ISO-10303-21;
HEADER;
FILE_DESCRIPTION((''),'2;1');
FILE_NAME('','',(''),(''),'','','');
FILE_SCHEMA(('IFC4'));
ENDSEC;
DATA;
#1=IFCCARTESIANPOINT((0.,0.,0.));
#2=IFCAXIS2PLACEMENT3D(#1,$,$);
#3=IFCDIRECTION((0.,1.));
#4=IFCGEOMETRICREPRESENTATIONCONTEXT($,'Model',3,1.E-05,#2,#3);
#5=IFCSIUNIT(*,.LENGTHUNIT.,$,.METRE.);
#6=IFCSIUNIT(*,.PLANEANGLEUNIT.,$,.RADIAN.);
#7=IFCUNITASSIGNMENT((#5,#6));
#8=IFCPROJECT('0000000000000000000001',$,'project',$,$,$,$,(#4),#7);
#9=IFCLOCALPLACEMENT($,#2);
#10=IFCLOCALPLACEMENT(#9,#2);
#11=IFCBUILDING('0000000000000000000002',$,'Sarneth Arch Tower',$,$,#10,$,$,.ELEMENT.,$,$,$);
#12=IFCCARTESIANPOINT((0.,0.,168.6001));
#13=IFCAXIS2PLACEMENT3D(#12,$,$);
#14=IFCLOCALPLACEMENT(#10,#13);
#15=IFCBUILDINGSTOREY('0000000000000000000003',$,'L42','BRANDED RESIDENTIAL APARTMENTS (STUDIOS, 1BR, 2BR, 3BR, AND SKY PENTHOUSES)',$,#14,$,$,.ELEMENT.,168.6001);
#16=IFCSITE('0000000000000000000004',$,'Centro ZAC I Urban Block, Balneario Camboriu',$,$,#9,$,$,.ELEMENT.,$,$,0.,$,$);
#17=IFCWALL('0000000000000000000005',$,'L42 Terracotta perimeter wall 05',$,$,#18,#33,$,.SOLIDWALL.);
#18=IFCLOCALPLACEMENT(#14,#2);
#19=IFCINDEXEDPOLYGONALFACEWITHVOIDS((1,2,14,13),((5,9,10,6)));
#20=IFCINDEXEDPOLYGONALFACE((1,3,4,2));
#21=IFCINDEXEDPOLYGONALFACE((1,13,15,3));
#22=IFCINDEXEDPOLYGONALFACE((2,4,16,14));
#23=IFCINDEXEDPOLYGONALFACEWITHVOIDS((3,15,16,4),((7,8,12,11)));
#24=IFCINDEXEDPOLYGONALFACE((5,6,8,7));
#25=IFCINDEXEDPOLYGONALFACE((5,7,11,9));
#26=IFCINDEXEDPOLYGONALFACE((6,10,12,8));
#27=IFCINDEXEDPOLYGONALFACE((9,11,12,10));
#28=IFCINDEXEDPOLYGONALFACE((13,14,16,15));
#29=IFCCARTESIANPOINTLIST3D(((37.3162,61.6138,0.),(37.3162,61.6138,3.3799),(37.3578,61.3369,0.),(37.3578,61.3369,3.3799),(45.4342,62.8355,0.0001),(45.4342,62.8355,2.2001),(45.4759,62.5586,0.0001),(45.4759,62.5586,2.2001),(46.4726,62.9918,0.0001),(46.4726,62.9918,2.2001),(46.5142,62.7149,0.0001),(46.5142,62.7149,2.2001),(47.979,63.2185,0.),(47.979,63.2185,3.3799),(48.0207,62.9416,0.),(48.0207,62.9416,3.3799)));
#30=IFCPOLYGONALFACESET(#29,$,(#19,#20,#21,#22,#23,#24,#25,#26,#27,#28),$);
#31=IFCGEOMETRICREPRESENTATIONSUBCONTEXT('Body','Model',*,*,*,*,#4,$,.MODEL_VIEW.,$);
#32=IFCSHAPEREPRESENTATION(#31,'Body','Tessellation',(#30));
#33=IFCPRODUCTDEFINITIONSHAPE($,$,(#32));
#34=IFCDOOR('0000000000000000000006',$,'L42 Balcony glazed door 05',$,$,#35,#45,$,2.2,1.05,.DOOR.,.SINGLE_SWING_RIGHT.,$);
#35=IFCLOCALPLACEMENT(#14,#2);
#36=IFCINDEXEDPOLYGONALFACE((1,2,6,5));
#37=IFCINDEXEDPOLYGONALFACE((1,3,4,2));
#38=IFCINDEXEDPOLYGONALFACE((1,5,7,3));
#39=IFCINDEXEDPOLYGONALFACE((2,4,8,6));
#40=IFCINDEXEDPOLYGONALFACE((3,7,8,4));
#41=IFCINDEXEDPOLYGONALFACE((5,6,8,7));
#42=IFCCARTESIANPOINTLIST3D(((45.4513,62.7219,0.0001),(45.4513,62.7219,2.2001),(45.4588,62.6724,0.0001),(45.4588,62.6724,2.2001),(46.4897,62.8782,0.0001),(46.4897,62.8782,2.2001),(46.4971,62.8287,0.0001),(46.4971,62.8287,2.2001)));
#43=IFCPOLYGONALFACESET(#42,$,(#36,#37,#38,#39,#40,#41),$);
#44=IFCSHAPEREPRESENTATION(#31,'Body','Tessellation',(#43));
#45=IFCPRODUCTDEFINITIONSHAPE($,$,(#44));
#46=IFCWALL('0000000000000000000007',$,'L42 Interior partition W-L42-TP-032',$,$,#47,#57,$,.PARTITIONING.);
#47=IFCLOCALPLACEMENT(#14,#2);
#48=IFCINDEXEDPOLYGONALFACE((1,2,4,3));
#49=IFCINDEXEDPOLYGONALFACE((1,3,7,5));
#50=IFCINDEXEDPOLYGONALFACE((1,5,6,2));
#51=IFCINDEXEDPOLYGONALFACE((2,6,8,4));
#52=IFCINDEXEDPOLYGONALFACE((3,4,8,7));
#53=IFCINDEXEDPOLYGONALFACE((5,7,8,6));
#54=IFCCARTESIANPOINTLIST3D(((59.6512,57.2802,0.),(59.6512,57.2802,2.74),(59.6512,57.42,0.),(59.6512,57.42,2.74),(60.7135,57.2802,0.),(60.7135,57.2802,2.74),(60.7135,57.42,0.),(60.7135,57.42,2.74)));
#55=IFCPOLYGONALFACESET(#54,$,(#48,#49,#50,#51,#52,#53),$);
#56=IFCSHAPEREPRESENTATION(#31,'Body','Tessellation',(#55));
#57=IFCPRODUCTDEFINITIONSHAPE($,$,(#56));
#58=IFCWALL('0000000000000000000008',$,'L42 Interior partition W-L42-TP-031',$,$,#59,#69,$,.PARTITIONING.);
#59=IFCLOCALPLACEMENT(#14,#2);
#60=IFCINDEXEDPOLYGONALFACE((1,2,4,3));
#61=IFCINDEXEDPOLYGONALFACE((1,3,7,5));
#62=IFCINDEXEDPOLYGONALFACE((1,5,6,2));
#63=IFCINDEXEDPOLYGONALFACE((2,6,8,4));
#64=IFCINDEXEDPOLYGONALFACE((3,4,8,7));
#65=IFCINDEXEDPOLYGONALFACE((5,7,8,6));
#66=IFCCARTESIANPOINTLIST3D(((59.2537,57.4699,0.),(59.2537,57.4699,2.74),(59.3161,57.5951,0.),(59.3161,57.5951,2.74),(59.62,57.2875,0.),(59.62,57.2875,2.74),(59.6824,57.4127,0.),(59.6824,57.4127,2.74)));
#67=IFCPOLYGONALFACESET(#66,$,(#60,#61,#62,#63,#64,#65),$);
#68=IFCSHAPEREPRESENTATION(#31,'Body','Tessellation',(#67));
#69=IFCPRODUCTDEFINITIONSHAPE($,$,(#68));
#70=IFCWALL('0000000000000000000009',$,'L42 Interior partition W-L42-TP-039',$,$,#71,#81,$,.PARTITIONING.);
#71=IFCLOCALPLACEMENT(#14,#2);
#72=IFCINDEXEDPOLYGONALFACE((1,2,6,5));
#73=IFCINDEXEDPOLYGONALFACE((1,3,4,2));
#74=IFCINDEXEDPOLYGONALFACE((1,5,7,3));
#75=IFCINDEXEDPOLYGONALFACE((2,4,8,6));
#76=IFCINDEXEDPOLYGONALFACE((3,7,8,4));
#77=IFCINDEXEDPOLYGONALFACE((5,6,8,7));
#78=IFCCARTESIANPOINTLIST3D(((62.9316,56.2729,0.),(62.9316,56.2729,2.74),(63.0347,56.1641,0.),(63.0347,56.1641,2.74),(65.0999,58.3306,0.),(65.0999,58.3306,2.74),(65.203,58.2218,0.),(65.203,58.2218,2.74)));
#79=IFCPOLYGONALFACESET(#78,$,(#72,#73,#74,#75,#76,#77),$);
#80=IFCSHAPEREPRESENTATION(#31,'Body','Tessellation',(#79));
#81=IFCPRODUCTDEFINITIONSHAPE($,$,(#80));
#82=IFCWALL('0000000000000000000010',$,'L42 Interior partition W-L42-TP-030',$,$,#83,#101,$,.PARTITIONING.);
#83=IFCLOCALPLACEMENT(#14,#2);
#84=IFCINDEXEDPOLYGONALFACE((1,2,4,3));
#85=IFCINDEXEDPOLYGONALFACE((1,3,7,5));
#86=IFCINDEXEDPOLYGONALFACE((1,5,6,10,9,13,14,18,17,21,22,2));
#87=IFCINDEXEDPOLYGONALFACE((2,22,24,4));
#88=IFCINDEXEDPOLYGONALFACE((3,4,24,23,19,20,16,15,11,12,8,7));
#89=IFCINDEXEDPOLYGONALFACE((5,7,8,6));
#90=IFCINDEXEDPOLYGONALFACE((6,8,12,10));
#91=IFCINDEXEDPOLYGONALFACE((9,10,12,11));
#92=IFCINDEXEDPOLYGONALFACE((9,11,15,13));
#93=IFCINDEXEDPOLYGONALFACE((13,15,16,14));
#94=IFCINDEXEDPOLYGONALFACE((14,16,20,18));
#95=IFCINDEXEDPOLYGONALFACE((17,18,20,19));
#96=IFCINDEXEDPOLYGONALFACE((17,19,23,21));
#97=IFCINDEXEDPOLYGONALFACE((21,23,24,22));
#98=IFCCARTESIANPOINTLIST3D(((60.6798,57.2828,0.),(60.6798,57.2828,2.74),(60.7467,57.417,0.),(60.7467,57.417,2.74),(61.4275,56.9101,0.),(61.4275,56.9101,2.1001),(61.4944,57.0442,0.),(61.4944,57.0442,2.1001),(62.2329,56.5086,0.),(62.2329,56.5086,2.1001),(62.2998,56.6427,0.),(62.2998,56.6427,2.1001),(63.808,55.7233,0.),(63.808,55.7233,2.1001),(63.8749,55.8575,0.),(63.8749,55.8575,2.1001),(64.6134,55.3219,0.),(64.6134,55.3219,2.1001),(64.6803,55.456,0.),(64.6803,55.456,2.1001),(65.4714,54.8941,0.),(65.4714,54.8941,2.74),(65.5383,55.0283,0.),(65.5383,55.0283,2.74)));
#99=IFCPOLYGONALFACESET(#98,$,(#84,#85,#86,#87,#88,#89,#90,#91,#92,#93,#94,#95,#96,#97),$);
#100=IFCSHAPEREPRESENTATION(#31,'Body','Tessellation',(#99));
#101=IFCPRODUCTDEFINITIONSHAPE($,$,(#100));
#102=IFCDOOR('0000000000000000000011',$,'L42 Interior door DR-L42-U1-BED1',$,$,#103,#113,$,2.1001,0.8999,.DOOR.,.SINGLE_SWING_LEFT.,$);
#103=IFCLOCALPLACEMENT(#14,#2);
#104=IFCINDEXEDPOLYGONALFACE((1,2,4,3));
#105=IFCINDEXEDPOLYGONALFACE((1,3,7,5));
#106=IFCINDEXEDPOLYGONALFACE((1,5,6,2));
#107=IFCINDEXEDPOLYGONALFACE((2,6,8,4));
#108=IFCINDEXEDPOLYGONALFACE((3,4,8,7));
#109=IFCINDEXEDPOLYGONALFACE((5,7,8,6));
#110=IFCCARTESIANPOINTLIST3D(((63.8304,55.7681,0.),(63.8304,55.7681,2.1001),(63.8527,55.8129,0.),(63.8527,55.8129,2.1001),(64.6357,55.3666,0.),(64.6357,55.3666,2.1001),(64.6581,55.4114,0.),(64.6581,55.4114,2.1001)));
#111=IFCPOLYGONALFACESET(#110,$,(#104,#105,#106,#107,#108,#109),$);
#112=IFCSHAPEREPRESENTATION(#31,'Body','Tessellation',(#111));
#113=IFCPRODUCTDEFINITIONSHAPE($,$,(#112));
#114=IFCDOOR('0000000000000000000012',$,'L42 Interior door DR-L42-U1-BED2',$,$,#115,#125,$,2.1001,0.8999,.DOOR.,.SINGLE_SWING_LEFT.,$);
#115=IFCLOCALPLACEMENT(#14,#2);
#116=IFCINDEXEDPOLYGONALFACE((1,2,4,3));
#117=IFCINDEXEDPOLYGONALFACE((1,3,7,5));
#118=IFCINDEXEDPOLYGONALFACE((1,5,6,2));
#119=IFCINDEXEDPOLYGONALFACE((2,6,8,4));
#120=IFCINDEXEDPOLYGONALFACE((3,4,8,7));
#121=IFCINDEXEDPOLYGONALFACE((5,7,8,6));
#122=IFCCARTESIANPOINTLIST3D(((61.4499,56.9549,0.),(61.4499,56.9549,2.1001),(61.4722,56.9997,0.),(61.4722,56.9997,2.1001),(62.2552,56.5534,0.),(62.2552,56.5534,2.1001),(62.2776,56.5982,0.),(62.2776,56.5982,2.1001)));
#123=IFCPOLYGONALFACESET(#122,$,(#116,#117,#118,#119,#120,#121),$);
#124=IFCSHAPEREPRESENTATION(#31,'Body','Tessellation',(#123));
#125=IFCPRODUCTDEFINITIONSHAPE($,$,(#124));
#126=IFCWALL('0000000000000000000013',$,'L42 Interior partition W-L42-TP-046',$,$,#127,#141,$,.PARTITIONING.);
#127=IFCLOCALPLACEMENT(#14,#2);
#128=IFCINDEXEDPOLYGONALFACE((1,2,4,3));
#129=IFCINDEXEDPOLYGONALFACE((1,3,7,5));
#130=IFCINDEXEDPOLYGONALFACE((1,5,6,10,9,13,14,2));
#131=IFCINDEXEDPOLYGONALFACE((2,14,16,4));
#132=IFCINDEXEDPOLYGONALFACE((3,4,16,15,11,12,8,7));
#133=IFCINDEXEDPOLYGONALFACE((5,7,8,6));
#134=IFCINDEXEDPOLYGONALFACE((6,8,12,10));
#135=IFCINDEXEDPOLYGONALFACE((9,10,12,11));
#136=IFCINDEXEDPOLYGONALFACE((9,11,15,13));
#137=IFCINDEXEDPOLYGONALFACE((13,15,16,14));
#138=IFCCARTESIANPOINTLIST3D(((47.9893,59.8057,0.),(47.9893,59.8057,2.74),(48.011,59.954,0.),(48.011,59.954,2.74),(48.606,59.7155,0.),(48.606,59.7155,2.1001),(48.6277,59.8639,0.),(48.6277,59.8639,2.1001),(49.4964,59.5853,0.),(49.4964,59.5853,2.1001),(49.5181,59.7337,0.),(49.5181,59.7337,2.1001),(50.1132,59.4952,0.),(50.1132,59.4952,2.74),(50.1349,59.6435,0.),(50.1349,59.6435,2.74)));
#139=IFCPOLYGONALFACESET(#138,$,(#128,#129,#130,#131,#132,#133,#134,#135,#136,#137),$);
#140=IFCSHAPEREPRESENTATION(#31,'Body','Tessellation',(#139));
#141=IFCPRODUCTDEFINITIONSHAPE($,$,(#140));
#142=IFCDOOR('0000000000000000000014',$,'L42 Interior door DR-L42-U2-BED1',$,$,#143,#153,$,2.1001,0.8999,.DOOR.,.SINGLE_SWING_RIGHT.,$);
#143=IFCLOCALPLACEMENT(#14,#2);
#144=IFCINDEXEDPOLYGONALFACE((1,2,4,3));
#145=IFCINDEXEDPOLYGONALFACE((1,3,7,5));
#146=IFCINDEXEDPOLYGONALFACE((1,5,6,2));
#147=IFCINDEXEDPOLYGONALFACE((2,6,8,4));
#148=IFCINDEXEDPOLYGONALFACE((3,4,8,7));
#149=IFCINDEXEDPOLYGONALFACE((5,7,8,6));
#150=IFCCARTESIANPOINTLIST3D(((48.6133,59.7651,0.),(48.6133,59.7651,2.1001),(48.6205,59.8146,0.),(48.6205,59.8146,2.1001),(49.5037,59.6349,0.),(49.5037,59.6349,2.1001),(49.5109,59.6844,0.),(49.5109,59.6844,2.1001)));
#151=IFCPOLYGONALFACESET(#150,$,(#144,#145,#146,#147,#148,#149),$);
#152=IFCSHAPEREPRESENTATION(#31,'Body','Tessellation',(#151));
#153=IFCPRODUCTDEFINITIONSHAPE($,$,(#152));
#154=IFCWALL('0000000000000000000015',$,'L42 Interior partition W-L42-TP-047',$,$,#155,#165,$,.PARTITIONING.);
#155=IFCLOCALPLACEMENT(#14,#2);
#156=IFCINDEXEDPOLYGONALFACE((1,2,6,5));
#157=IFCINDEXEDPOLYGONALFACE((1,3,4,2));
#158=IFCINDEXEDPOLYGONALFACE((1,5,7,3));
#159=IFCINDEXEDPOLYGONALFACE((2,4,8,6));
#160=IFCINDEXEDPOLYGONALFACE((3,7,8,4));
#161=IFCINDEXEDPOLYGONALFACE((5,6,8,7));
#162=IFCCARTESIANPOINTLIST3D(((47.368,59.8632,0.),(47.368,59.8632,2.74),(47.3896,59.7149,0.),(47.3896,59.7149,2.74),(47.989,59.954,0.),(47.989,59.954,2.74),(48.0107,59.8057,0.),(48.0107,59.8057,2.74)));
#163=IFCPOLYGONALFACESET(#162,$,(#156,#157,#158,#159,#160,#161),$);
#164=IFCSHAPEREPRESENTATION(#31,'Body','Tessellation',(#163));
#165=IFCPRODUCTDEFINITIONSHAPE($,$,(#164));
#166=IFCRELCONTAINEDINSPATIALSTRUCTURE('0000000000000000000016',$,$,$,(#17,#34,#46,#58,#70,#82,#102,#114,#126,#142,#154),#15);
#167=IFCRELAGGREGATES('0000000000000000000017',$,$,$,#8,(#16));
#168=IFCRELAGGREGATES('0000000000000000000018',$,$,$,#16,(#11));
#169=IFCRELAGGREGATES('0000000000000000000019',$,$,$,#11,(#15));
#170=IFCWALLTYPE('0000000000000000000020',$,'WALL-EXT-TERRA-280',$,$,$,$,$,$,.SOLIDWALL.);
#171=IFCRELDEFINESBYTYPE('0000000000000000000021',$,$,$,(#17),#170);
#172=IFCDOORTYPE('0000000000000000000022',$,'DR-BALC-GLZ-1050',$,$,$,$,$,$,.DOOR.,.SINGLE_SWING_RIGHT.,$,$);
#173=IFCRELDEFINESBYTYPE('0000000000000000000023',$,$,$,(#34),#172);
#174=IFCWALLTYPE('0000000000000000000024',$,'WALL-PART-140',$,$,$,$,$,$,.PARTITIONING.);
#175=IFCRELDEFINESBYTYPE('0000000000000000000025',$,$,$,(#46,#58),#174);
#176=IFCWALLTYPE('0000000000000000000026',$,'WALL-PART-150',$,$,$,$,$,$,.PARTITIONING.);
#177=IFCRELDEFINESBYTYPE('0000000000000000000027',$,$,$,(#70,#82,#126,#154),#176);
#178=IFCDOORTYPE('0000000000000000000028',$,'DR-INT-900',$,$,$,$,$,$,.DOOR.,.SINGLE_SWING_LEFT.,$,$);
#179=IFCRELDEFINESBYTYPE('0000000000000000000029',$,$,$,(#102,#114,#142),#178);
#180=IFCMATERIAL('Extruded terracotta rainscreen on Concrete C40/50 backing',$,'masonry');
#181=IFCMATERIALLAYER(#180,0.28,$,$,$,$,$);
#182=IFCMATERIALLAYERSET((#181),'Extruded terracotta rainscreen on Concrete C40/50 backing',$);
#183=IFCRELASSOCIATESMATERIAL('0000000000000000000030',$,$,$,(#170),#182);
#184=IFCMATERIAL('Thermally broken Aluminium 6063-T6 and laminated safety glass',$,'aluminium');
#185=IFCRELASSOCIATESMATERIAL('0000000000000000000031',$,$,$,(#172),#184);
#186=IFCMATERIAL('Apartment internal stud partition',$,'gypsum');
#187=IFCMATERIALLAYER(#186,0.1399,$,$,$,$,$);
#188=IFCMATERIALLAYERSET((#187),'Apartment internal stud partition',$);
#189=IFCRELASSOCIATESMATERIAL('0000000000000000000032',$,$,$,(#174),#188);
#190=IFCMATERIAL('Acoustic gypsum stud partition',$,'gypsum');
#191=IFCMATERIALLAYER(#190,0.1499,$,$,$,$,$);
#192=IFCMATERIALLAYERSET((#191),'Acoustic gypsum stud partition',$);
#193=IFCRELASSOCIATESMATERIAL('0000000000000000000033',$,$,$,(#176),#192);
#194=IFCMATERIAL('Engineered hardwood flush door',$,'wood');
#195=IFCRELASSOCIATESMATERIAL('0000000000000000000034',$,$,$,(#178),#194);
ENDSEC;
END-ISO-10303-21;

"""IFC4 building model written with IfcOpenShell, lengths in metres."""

from ifc_helpers import new_model, si_unit, direction, frame, frame_2d, origin, place, context, subcontext, project, spatial, rectangle, extrude, material, layer, layer_set, type_object, element, fill, save


model = new_model("IFC4")

# Units and contexts
model_context = context("Model", 3, precision=1e-05, world=origin(), true_north=direction((0.0, 1.0)))
body_context = subcontext(model_context, "Body", "Model", "MODEL_VIEW")
ifc_project = project(units=[si_unit("LENGTHUNIT", "METRE"), si_unit("PLANEANGLEUNIT", "RADIAN")], contexts=[model_context])

# Site, building, storey
site_placement = place(None, origin())
site = spatial("IfcSite", under=ifc_project, at=site_placement, Name="Centro ZAC I Urban Block, Balneario Camboriu", CompositionType="ELEMENT", RefElevation=0.0)
building_placement = place(site_placement, origin())
building = spatial("IfcBuilding", under=site, at=building_placement, Name="Sarneth Arch Tower", CompositionType="ELEMENT")
storey_placement = place(building_placement, frame((0.0, 0.0, 168.6001)))
storey = spatial("IfcBuildingStorey", under=building, at=storey_placement, Name="L42", Description="BRANDED RESIDENTIAL APARTMENTS (STUDIOS, 1BR, 2BR, 3BR, AND SKY PENTHOUSES)", CompositionType="ELEMENT", Elevation=168.6001)

# Wall, opening, door
ifc_material_1 = material(Name="Extruded terracotta rainscreen on Concrete C40/50 backing", Category="masonry")
ifc_layer_1 = layer(ifc_material_1, 0.28)
ifc_layer_set_1 = layer_set([ifc_layer_1], Name="Extruded terracotta rainscreen on Concrete C40/50 backing")
wall_type_1 = type_object("IfcWallType", Name="WALL-EXT-TERRA-280", PredefinedType="SOLIDWALL", material=ifc_layer_set_1)
wall_1_placement = place(storey_placement, frame((48.0, 63.0801, 0.0), z_axis=(0.0, 0.0, 1.0), x_axis=(-0.988864, -0.148822, 0.0)))
wall_1 = element("IfcWall", 1, at=wall_1_placement, inside=storey, type_object=wall_type_1, Name="L42 Terracotta perimeter wall 05", PredefinedType="SOLIDWALL", context=body_context, shape_type="SweptSolid", body=[
    extrude(rectangle(XDim=10.783, YDim=0.28, at=frame_2d((5.3916, 0.0))), origin(), (0.0, 0.0, 1.0), 3.3799),
])
opening_1_placement = place(wall_1_placement, frame((1.5237, 0.0, 0.0)))
opening_1 = element("IfcOpeningElement", 2, at=opening_1_placement, cuts=wall_1, PredefinedType="OPENING", context=body_context, shape_type="SweptSolid", body=[
    extrude(rectangle(XDim=1.05, YDim=2.2, at=frame_2d((0.5249, 1.1001))), frame((0.0, 0.1499, 0.0), z_axis=(0.0, -1.0, 0.0), x_axis=(1.0, 0.0, 0.0)), (0.0, 0.0, 1.0), 0.3),
])
ifc_material_2 = material(Name="Thermally broken Aluminium 6063-T6 and laminated safety glass", Category="aluminium")
door_type_1 = type_object("IfcDoorType", Name="DR-BALC-GLZ-1050", OperationType="SINGLE_SWING_RIGHT", PredefinedType="DOOR", material=ifc_material_2)
door_1_placement = place(opening_1_placement, origin())
door_1 = element("IfcDoor", 3, at=door_1_placement, inside=storey, type_object=door_type_1, Name="L42 Balcony glazed door 05", OperationType="SINGLE_SWING_RIGHT", OverallHeight=2.2, OverallWidth=1.05, PredefinedType="DOOR", context=body_context, shape_type="SweptSolid", body=[
    extrude(rectangle(XDim=1.05, YDim=2.2, at=frame_2d((0.5249, 1.1001))), frame((0.0, 0.0249, 0.0), z_axis=(0.0, -1.0, 0.0), x_axis=(1.0, 0.0, 0.0)), (0.0, 0.0, 1.0), 0.05),
])
fill(opening_1, door_1)

# Walls
ifc_material_3 = material(Name="Apartment internal stud partition", Category="gypsum")
ifc_layer_2 = layer(ifc_material_3, 0.1399)
ifc_layer_set_2 = layer_set([ifc_layer_2], Name="Apartment internal stud partition")
wall_type_2 = type_object("IfcWallType", Name="WALL-PART-140", PredefinedType="PARTITIONING", material=ifc_layer_set_2)
wall_2_placement = place(storey_placement, frame((59.6511, 57.3501, 0.0), z_axis=(0.0, 0.0, 1.0), x_axis=(1.0, 0.0, 0.0)))
element("IfcWall", 4, at=wall_2_placement, inside=storey, type_object=wall_type_2, Name="L42 Interior partition W-L42-TP-032", PredefinedType="PARTITIONING", context=body_context, shape_type="SweptSolid", body=[
    extrude(rectangle(XDim=1.0623, YDim=0.1399, at=frame_2d((0.5312, 0.0))), origin(), (0.0, 0.0, 1.0), 2.74),
])
wall_3_placement = place(storey_placement, frame((59.2849, 57.5325, 0.0), z_axis=(0.0, 0.0, 1.0), x_axis=(0.895142, -0.445781, 0.0)))
element("IfcWall", 5, at=wall_3_placement, inside=storey, type_object=wall_type_2, Name="L42 Interior partition W-L42-TP-031", PredefinedType="PARTITIONING", context=body_context, shape_type="SweptSolid", body=[
    extrude(rectangle(XDim=0.4092, YDim=0.1399, at=frame_2d((0.2046, 0.0))), origin(), (0.0, 0.0, 1.0), 2.74),
])
ifc_material_4 = material(Name="Acoustic gypsum stud partition", Category="gypsum")
ifc_layer_3 = layer(ifc_material_4, 0.1499)
ifc_layer_set_3 = layer_set([ifc_layer_3], Name="Acoustic gypsum stud partition")
wall_type_3 = type_object("IfcWallType", Name="WALL-PART-150", PredefinedType="PARTITIONING", material=ifc_layer_set_3)
wall_4_placement = place(storey_placement, frame((62.9832, 56.2185, 0.0), z_axis=(0.0, 0.0, 1.0), x_axis=(0.725364, 0.688365, 0.0)))
element("IfcWall", 6, at=wall_4_placement, inside=storey, type_object=wall_type_3, Name="L42 Interior partition W-L42-TP-039", PredefinedType="PARTITIONING", context=body_context, shape_type="SweptSolid", body=[
    extrude(rectangle(XDim=2.9893, YDim=0.1499, at=frame_2d((1.4946, 0.0))), origin(), (0.0, 0.0, 1.0), 2.74),
])

# Wall, openings, doors
wall_5_placement = place(storey_placement, frame((65.5049, 54.9612, 0.0), z_axis=(0.0, 0.0, 1.0), x_axis=(-0.894956, 0.446155, 0.0)))
wall_5 = element("IfcWall", 7, at=wall_5_placement, inside=storey, type_object=wall_type_3, Name="L42 Interior partition W-L42-TP-030", PredefinedType="PARTITIONING", context=body_context, shape_type="SweptSolid", body=[
    extrude(rectangle(XDim=5.354, YDim=0.1499, at=frame_2d((2.677, 0.0))), origin(), (0.0, 0.0, 1.0), 2.74),
])
opening_2_placement = place(wall_5_placement, frame((0.9587, 0.0, 0.0)))
opening_2 = element("IfcOpeningElement", 8, at=opening_2_placement, cuts=wall_5, PredefinedType="OPENING", context=body_context, shape_type="SweptSolid", body=[
    extrude(rectangle(XDim=0.8999, YDim=2.1001, at=frame_2d((0.45, 1.05))), frame((0.0, 0.085, 0.0), z_axis=(0.0, -1.0, 0.0), x_axis=(1.0, 0.0, 0.0)), (0.0, 0.0, 1.0), 0.1699),
])
opening_3_placement = place(wall_5_placement, frame((3.6187, 0.0, 0.0)))
opening_3 = element("IfcOpeningElement", 9, at=opening_3_placement, cuts=wall_5, PredefinedType="OPENING", context=body_context, shape_type="SweptSolid", body=[
    extrude(rectangle(XDim=0.8999, YDim=2.1001, at=frame_2d((0.45, 1.05))), frame((0.0, 0.085, 0.0), z_axis=(0.0, -1.0, 0.0), x_axis=(1.0, 0.0, 0.0)), (0.0, 0.0, 1.0), 0.1699),
])
ifc_material_5 = material(Name="Engineered hardwood flush door", Category="wood")
door_type_2 = type_object("IfcDoorType", Name="DR-INT-900", OperationType="SINGLE_SWING_LEFT", PredefinedType="DOOR", material=ifc_material_5)
door_2_placement = place(opening_2_placement, origin())
door_2 = element("IfcDoor", 10, at=door_2_placement, inside=storey, type_object=door_type_2, Name="L42 Interior door DR-L42-U1-BED1", OperationType="SINGLE_SWING_LEFT", OverallHeight=2.1001, OverallWidth=0.8999, PredefinedType="DOOR", context=body_context, shape_type="SweptSolid", body=[
    extrude(rectangle(XDim=0.8999, YDim=2.1001, at=frame_2d((0.45, 1.05))), frame((0.0, 0.0249, 0.0), z_axis=(0.0, -1.0, 0.0), x_axis=(1.0, 0.0, 0.0)), (0.0, 0.0, 1.0), 0.05),
])
fill(opening_2, door_2)
door_3_placement = place(opening_3_placement, origin())
door_3 = element("IfcDoor", 11, at=door_3_placement, inside=storey, type_object=door_type_2, Name="L42 Interior door DR-L42-U1-BED2", OperationType="SINGLE_SWING_LEFT", OverallHeight=2.1001, OverallWidth=0.8999, PredefinedType="DOOR", context=body_context, shape_type="SweptSolid", body=[
    extrude(rectangle(XDim=0.8999, YDim=2.1001, at=frame_2d((0.45, 1.05))), frame((0.0, 0.0249, 0.0), z_axis=(0.0, -1.0, 0.0), x_axis=(1.0, 0.0, 0.0)), (0.0, 0.0, 1.0), 0.05),
])
fill(opening_3, door_3)

# Wall, opening, door
wall_6_placement = place(storey_placement, frame((50.124, 59.5693, 0.0), z_axis=(0.0, 0.0, 1.0), x_axis=(-0.98948, 0.144669, 0.0)))
wall_6 = element("IfcWall", 12, at=wall_6_placement, inside=storey, type_object=wall_type_3, Name="L42 Interior partition W-L42-TP-046", PredefinedType="PARTITIONING", context=body_context, shape_type="SweptSolid", body=[
    extrude(rectangle(XDim=2.1465, YDim=0.1499, at=frame_2d((1.0732, 0.0))), origin(), (0.0, 0.0, 1.0), 2.74),
])
opening_4_placement = place(wall_6_placement, frame((0.6233, 0.0, 0.0)))
opening_4 = element("IfcOpeningElement", 13, at=opening_4_placement, cuts=wall_6, PredefinedType="OPENING", context=body_context, shape_type="SweptSolid", body=[
    extrude(rectangle(XDim=0.8999, YDim=2.1001, at=frame_2d((0.45, 1.05))), frame((0.0, 0.085, 0.0), z_axis=(0.0, -1.0, 0.0), x_axis=(1.0, 0.0, 0.0)), (0.0, 0.0, 1.0), 0.1699),
])
door_4_placement = place(opening_4_placement, origin())
door_4 = element("IfcDoor", 14, at=door_4_placement, inside=storey, type_object=door_type_2, Name="L42 Interior door DR-L42-U2-BED1", OperationType="SINGLE_SWING_RIGHT", OverallHeight=2.1001, OverallWidth=0.8999, PredefinedType="DOOR", context=body_context, shape_type="SweptSolid", body=[
    extrude(rectangle(XDim=0.8999, YDim=2.1001, at=frame_2d((0.45, 1.05))), frame((0.0, 0.0249, 0.0), z_axis=(0.0, -1.0, 0.0), x_axis=(1.0, 0.0, 0.0)), (0.0, 0.0, 1.0), 0.05),
])
fill(opening_4, door_4)

# Wall
wall_7_placement = place(storey_placement, frame((48.0, 59.8799, 0.0), z_axis=(0.0, 0.0, 1.0), x_axis=(-0.989477, -0.144688, 0.0)))
element("IfcWall", 15, at=wall_7_placement, inside=storey, type_object=wall_type_3, Name="L42 Interior partition W-L42-TP-047", PredefinedType="PARTITIONING", context=body_context, shape_type="SweptSolid", body=[
    extrude(rectangle(XDim=0.6277, YDim=0.1499, at=frame_2d((0.314, 0.0))), origin(), (0.0, 0.0, 1.0), 2.74),
])

save(model, "model.ifc")
